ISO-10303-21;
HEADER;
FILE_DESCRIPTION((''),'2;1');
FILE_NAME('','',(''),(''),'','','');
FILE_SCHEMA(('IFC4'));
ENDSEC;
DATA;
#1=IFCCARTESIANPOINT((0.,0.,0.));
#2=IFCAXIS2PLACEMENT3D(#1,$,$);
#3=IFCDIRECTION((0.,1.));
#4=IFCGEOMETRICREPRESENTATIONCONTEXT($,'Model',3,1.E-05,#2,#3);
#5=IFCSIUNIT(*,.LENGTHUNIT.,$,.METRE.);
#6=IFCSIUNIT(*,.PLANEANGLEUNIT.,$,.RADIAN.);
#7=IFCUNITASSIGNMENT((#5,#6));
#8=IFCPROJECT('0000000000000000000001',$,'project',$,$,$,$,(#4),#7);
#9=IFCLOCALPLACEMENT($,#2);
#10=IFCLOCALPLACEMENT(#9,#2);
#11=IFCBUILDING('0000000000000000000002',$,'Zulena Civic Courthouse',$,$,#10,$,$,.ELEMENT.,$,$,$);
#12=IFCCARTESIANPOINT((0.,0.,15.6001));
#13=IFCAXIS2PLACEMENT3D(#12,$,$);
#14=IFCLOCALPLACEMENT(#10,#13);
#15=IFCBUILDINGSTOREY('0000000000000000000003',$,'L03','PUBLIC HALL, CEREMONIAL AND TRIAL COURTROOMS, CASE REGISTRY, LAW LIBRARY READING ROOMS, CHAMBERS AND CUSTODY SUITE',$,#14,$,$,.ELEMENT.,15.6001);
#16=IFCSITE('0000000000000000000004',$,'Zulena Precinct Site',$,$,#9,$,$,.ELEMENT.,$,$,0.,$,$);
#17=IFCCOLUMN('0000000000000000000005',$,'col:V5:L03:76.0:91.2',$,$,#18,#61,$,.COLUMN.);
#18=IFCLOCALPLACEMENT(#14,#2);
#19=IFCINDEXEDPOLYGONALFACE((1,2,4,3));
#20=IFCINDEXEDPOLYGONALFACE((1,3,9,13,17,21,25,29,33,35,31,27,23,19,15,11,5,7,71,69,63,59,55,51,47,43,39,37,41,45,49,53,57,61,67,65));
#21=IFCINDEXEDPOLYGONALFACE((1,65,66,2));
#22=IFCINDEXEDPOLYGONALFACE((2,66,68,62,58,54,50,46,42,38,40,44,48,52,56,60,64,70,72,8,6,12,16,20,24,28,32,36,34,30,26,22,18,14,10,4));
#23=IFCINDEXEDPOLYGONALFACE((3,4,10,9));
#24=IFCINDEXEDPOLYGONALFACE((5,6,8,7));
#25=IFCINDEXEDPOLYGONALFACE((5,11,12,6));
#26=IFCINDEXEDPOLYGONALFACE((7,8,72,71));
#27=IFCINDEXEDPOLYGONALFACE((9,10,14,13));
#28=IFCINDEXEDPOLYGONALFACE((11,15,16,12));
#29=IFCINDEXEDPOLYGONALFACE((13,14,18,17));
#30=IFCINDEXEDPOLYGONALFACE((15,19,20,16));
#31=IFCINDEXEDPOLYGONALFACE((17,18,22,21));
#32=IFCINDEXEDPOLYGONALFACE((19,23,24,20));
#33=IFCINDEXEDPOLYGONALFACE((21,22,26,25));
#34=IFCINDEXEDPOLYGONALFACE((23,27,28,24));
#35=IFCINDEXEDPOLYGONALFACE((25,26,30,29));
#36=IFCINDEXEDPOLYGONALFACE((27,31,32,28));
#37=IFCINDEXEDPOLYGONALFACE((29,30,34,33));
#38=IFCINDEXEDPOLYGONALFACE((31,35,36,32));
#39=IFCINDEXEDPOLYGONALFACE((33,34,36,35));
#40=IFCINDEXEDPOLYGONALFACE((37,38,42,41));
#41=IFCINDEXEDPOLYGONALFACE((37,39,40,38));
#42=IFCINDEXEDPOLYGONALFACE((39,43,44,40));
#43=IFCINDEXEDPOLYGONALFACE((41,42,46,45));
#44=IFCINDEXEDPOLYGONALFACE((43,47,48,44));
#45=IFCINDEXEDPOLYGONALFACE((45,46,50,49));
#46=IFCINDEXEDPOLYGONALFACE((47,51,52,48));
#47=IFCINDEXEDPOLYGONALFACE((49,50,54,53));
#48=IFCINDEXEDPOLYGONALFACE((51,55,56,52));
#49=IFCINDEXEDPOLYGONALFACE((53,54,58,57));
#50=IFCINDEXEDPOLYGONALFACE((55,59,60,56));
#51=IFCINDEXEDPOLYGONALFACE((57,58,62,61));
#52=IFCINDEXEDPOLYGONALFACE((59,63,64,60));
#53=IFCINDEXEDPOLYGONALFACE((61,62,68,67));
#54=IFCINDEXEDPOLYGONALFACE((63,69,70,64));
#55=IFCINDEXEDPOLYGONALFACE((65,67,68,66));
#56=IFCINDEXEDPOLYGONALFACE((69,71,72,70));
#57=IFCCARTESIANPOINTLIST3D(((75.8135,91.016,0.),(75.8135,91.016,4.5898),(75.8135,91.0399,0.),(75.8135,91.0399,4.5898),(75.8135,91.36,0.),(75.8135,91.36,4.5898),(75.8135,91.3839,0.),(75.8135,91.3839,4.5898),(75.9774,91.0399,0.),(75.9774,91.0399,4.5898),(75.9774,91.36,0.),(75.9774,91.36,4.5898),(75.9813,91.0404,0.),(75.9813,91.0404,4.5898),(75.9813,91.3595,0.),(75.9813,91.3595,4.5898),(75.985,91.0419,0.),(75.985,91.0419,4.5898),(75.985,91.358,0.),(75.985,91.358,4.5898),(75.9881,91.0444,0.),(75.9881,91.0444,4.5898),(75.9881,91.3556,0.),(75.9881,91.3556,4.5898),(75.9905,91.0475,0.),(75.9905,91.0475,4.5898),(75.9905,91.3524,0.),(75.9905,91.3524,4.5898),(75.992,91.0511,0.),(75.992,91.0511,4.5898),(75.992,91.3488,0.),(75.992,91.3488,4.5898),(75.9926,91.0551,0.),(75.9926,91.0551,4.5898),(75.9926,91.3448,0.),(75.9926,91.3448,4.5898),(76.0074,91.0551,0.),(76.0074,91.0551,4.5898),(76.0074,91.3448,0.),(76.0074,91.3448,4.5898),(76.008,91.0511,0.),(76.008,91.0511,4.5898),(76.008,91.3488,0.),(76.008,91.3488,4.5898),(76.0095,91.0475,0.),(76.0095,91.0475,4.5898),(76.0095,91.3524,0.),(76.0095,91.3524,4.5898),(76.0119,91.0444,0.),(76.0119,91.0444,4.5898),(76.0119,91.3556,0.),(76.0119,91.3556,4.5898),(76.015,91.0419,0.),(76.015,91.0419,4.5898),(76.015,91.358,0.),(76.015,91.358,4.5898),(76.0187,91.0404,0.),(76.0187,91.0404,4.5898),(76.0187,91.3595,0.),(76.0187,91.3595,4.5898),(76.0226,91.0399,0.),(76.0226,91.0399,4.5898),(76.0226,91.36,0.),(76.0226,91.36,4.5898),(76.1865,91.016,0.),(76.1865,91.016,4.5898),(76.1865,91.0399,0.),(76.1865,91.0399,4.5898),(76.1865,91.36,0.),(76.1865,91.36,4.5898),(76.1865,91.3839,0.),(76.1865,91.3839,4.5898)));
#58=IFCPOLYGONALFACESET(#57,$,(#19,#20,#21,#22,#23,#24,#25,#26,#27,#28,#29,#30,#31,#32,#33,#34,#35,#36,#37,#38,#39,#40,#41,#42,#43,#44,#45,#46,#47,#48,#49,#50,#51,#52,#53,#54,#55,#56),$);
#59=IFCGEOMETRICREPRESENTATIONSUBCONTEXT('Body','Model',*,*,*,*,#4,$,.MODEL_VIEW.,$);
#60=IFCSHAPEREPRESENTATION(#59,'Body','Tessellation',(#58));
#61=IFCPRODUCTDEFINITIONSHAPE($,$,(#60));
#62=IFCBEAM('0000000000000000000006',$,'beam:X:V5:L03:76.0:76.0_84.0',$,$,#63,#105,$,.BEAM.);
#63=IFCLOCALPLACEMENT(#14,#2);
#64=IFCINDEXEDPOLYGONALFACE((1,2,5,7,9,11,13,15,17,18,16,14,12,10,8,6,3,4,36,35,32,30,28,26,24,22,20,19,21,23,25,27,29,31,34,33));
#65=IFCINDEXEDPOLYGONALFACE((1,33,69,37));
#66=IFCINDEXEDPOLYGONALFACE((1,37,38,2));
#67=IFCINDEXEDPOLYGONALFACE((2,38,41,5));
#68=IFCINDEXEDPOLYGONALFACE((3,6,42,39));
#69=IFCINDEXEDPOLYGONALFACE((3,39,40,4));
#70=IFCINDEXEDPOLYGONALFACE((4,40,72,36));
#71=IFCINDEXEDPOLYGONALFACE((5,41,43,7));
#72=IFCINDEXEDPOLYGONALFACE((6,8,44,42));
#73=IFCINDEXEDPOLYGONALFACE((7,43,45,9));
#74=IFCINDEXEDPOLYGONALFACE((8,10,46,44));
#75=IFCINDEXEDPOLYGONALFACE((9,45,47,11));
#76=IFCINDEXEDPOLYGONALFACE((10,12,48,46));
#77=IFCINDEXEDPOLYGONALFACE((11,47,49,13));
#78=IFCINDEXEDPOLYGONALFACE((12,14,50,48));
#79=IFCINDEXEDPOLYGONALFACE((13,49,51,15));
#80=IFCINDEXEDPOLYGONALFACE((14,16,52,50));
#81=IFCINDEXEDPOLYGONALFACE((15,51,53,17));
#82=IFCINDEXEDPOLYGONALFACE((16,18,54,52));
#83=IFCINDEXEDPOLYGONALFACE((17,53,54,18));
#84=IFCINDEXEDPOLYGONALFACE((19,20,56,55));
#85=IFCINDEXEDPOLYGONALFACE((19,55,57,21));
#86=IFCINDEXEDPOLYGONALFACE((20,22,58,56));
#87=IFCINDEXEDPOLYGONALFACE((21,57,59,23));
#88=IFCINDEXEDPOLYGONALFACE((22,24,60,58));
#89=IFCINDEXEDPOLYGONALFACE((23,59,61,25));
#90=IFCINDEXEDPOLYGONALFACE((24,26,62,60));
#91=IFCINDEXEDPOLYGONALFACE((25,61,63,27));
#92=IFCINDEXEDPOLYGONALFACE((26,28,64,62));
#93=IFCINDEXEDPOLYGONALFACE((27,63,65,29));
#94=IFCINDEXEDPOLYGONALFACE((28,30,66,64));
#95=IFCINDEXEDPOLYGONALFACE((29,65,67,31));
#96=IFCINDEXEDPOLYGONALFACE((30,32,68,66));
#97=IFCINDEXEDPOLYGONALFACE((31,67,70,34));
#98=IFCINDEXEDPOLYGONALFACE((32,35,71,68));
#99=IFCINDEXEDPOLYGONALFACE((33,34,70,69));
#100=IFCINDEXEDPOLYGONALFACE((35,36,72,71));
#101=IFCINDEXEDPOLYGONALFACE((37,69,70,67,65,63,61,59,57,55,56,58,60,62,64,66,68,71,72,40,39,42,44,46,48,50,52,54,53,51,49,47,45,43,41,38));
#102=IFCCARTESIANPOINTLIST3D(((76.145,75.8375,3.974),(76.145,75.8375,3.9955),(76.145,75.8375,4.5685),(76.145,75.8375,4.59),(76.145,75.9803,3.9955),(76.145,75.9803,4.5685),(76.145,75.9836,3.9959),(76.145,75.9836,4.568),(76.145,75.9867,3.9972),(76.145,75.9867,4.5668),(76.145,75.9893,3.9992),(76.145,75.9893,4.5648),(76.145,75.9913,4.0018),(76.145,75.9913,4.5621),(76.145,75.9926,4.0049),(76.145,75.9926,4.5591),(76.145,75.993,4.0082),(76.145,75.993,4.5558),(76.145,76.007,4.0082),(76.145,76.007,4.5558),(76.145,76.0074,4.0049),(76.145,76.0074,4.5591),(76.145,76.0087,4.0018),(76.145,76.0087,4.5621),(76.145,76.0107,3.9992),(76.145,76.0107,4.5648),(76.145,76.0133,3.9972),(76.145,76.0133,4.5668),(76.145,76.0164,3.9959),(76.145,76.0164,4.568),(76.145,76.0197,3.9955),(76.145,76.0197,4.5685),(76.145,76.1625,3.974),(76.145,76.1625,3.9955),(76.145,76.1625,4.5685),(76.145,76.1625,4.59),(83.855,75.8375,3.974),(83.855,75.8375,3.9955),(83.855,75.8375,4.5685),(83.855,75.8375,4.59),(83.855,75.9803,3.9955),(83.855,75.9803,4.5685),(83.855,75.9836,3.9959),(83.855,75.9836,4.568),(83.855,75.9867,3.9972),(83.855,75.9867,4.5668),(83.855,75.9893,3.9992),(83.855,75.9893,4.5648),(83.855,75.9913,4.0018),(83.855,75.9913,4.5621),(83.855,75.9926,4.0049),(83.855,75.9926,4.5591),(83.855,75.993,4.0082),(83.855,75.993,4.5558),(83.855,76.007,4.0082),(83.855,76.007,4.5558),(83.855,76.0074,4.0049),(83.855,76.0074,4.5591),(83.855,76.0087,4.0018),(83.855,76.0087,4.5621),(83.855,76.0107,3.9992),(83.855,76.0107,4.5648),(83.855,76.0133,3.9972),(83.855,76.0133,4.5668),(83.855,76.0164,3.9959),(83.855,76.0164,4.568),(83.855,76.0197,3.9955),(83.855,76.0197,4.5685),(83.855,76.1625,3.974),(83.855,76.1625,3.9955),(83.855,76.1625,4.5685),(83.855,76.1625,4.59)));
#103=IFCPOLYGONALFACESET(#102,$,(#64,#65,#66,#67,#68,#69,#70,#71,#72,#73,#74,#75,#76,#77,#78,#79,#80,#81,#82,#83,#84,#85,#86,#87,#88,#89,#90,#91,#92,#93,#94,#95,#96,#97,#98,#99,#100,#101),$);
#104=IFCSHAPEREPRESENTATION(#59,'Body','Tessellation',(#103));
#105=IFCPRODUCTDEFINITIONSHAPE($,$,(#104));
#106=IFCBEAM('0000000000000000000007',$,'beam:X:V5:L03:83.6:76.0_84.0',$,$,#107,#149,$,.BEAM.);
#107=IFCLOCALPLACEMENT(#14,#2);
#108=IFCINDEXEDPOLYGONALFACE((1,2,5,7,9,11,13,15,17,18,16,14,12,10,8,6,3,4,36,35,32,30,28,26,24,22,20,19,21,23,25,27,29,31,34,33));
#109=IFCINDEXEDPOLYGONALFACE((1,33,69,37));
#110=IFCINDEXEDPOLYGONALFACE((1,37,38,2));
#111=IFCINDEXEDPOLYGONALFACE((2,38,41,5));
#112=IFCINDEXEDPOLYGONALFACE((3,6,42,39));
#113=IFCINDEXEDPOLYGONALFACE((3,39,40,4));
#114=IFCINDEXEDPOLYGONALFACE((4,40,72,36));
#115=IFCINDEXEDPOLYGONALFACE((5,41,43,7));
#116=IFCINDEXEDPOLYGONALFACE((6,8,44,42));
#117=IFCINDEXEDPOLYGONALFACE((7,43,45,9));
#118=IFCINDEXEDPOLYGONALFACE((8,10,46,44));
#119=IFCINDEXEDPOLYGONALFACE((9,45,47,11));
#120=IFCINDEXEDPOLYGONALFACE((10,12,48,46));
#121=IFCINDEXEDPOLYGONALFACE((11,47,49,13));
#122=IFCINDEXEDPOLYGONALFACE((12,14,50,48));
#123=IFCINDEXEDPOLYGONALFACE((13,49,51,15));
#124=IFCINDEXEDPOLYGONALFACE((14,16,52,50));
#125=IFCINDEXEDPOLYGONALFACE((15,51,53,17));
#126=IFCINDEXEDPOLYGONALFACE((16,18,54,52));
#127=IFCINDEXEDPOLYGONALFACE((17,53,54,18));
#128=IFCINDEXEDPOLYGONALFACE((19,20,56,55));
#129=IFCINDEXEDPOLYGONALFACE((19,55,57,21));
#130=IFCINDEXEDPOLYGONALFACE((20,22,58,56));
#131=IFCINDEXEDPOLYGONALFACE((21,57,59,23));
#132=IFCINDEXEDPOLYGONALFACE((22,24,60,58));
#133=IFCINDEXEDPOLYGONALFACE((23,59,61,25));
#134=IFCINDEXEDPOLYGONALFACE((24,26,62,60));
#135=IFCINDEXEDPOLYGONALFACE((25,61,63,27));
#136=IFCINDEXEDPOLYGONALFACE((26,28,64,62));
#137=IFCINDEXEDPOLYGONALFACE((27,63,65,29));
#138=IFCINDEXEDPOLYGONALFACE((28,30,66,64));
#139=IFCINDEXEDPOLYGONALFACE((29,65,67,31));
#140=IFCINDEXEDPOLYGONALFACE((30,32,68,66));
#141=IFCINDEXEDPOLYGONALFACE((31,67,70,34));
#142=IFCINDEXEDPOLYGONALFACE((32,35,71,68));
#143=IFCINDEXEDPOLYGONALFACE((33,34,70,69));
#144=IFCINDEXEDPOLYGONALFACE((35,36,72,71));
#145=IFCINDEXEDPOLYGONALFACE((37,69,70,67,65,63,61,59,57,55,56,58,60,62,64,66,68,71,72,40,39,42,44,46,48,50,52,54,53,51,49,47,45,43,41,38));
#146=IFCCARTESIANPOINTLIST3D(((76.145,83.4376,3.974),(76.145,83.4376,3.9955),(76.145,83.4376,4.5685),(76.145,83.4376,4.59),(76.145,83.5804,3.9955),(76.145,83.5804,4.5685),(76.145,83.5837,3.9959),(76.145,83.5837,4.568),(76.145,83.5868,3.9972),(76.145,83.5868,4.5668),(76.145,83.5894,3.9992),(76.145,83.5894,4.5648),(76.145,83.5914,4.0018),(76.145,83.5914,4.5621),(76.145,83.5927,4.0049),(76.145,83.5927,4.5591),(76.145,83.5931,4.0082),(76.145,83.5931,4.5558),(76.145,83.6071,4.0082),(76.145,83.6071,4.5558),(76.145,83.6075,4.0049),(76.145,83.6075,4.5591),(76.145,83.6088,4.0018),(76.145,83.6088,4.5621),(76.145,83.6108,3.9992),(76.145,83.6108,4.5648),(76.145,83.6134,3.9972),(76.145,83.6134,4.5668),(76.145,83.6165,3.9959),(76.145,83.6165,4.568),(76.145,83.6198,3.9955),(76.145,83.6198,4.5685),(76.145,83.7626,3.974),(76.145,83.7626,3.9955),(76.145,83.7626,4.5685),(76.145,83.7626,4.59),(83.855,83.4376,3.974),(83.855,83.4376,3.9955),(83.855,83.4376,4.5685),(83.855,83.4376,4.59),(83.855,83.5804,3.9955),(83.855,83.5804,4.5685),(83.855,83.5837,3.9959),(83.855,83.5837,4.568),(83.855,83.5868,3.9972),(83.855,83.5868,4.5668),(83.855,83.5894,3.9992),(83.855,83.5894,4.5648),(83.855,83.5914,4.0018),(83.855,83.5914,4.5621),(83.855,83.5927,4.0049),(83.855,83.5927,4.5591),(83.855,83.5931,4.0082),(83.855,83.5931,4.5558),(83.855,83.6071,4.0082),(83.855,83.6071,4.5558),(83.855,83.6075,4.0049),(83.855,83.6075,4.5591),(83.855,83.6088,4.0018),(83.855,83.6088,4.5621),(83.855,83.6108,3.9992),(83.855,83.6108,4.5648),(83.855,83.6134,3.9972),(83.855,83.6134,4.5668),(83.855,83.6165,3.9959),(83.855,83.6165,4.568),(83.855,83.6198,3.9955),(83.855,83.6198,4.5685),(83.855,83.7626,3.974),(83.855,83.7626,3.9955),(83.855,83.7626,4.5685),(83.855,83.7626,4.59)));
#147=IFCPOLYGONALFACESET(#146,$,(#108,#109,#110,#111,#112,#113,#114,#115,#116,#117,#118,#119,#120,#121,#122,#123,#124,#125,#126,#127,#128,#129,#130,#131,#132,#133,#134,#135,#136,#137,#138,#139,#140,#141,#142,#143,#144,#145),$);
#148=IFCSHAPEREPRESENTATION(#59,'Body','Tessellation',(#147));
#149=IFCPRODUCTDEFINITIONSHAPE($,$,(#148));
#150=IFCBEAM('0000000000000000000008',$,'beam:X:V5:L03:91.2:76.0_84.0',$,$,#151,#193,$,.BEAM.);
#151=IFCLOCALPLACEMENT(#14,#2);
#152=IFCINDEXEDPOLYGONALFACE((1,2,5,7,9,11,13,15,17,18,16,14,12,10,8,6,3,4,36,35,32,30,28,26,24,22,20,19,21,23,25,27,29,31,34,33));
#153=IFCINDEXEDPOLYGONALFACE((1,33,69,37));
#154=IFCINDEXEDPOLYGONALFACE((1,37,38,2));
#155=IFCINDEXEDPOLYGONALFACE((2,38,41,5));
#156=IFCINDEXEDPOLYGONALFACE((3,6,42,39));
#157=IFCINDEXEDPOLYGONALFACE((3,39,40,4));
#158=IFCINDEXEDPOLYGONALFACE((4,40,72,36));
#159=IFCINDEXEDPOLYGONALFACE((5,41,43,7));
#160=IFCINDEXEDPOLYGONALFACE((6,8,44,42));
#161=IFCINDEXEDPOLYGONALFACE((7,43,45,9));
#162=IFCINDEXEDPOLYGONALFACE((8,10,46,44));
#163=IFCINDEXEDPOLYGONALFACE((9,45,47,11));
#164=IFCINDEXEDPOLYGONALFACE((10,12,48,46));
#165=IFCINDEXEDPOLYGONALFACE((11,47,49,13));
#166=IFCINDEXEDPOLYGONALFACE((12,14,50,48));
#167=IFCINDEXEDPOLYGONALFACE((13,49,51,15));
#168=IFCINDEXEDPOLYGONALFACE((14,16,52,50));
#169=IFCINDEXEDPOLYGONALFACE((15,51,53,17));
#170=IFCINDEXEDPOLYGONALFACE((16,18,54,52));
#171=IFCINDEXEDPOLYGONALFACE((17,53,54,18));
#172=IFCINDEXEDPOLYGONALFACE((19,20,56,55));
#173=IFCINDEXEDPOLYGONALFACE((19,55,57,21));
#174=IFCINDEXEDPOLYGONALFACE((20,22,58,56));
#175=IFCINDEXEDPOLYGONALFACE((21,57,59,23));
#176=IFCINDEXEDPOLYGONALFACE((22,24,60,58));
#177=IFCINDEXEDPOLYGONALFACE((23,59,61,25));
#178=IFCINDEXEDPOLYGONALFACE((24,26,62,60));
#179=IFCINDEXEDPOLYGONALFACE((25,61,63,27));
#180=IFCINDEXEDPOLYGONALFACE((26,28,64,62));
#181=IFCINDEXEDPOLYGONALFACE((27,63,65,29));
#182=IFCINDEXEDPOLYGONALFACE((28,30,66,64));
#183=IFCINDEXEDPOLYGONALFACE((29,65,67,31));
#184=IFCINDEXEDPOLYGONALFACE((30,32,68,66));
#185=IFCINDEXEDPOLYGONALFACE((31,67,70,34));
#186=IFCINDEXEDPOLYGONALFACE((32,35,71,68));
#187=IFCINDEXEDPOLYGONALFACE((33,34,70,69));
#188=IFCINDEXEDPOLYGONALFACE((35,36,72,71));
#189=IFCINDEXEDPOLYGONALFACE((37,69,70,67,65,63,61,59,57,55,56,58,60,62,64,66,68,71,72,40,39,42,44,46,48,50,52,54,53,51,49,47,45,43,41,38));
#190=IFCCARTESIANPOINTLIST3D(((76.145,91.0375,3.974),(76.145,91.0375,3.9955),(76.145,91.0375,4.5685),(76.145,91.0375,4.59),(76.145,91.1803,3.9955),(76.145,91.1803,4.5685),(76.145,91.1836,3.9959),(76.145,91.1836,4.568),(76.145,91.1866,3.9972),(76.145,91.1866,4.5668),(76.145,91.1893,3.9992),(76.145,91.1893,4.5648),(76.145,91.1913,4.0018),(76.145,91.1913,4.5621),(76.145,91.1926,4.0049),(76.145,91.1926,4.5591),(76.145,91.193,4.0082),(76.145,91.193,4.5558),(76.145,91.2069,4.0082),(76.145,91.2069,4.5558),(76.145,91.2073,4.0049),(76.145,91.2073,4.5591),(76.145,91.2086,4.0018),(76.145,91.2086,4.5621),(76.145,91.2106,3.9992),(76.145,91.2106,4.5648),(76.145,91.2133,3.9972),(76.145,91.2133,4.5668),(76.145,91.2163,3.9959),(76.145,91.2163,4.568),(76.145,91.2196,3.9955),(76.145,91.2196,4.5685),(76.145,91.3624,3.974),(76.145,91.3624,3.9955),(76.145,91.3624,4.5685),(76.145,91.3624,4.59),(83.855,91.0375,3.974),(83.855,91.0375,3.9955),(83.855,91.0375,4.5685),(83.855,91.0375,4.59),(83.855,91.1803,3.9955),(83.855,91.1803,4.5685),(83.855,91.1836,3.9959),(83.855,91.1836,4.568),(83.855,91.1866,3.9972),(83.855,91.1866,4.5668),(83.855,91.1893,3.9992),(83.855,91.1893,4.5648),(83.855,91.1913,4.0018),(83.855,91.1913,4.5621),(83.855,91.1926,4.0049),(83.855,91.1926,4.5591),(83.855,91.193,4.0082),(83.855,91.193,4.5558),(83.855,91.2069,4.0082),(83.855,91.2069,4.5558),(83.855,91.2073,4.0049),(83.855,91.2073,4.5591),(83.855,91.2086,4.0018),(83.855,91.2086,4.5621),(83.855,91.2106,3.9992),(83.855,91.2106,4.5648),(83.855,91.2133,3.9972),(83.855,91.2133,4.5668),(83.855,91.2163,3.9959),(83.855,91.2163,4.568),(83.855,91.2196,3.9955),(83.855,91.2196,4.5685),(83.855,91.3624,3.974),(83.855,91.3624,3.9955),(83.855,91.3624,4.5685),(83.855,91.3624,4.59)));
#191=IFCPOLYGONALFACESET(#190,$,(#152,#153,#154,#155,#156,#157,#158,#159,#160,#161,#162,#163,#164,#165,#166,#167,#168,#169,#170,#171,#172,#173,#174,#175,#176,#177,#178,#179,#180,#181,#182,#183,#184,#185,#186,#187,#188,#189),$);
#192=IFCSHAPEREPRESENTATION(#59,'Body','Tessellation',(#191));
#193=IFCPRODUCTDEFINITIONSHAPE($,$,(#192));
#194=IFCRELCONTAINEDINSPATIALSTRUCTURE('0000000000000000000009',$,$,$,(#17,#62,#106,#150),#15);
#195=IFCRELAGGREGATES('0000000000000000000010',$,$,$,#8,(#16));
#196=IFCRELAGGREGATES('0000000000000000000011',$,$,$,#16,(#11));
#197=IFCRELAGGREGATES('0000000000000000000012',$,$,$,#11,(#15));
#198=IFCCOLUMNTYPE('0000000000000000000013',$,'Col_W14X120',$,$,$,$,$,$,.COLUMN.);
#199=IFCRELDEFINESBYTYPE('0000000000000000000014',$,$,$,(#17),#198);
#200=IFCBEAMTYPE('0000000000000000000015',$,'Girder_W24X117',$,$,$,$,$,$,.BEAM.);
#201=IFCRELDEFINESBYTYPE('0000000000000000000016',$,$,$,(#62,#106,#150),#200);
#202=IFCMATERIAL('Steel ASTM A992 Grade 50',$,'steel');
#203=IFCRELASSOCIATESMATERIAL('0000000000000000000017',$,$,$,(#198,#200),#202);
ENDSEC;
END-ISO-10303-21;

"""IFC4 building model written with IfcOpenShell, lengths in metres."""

from ifc_helpers import new_model, si_unit, direction, frame, origin, origin_2d, place, context, subcontext, project, spatial, i_section, extrude, material, material_profile, profile_set, type_object, element, save


model = new_model("IFC4")

# Units and contexts
model_context = context("Model", 3, precision=1e-05, world=origin(), true_north=direction((0.0, 1.0)))
body_context = subcontext(model_context, "Body", "Model", "MODEL_VIEW")
ifc_project = project(units=[si_unit("LENGTHUNIT", "METRE"), si_unit("PLANEANGLEUNIT", "RADIAN")], contexts=[model_context])

# Site, building, storey
site_placement = place(None, origin())
site = spatial("IfcSite", under=ifc_project, at=site_placement, Name="Zulena Precinct Site", CompositionType="ELEMENT", RefElevation=0.0)
building_placement = place(site_placement, origin())
building = spatial("IfcBuilding", under=site, at=building_placement, Name="Zulena Civic Courthouse", CompositionType="ELEMENT")
storey_placement = place(building_placement, frame((0.0, 0.0, 15.6001)))
storey = spatial("IfcBuildingStorey", under=building, at=storey_placement, Name="L03", Description="PUBLIC HALL, CEREMONIAL AND TRIAL COURTROOMS, CASE REGISTRY, LAW LIBRARY READING ROOMS, CHAMBERS AND CUSTODY SUITE", CompositionType="ELEMENT", Elevation=15.6001)

# Column
ifc_material_1 = material(Name="Steel ASTM A992 Grade 50", Category="steel")
ifc_material_profile_1 = material_profile(ifc_material_1, i_section(OverallWidth=0.373, OverallDepth=0.3679, WebThickness=0.0149, FlangeThickness=0.0239, FilletRadius=0.0151, at=origin_2d()), Name="W14X120")
ifc_profile_set_1 = profile_set([ifc_material_profile_1], Name="Steel ASTM A992 Grade 50")
column_type_1 = type_object("IfcColumnType", Name="Col_W14X120", PredefinedType="COLUMN", material=ifc_profile_set_1)
for number, where, z_axis, x_axis, name in (
    (1, (76.0, 91.2, 0.0), (0.0, 0.0, 1.0), (1.0, 0.0, 0.0), "col:V5:L03:76.0:91.2"),
):
    element("IfcColumn", number, at=place(storey_placement, frame(where, z_axis=z_axis, x_axis=x_axis)), inside=storey, type_object=column_type_1, Name=name, PredefinedType="COLUMN", context=body_context, shape_type="SweptSolid", body=[
        extrude(i_section(OverallWidth=0.373, OverallDepth=0.3679, WebThickness=0.0149, FlangeThickness=0.0239, FilletRadius=0.0151, at=origin_2d()), origin(), (0.0, 0.0, 1.0), 4.5898),
    ])

# Beams
ifc_material_profile_2 = material_profile(ifc_material_1, i_section(OverallWidth=0.325, OverallDepth=0.616, WebThickness=0.0139, FlangeThickness=0.0215, FilletRadius=0.0127, at=origin_2d()), Name="W24X117")
ifc_profile_set_2 = profile_set([ifc_material_profile_2], Name="Steel ASTM A992 Grade 50")
beam_type_1 = type_object("IfcBeamType", Name="Girder_W24X117", PredefinedType="BEAM", material=ifc_profile_set_2)
for number, where, z_axis, x_axis, name in (
    (2, (76.145, 76.0, 4.282), (1.0, 0.0, 0.0), (0.0, 1.0, 0.0), "beam:X:V5:L03:76.0:76.0_84.0"),
    (3, (76.145, 83.6001, 4.282), (1.0, 0.0, 0.0), (0.0, 1.0, 0.0), "beam:X:V5:L03:83.6:76.0_84.0"),
    (4, (76.145, 91.2, 4.282), (1.0, 0.0, 0.0), (0.0, 1.0, 0.0), "beam:X:V5:L03:91.2:76.0_84.0"),
):
    element("IfcBeam", number, at=place(storey_placement, frame(where, z_axis=z_axis, x_axis=x_axis)), inside=storey, type_object=beam_type_1, Name=name, PredefinedType="BEAM", context=body_context, shape_type="SweptSolid", body=[
        extrude(i_section(OverallWidth=0.325, OverallDepth=0.616, WebThickness=0.0139, FlangeThickness=0.0215, FilletRadius=0.0127, at=origin_2d()), origin(), (0.0, 0.0, 1.0), 7.71),
    ])

save(model, "model.ifc")
